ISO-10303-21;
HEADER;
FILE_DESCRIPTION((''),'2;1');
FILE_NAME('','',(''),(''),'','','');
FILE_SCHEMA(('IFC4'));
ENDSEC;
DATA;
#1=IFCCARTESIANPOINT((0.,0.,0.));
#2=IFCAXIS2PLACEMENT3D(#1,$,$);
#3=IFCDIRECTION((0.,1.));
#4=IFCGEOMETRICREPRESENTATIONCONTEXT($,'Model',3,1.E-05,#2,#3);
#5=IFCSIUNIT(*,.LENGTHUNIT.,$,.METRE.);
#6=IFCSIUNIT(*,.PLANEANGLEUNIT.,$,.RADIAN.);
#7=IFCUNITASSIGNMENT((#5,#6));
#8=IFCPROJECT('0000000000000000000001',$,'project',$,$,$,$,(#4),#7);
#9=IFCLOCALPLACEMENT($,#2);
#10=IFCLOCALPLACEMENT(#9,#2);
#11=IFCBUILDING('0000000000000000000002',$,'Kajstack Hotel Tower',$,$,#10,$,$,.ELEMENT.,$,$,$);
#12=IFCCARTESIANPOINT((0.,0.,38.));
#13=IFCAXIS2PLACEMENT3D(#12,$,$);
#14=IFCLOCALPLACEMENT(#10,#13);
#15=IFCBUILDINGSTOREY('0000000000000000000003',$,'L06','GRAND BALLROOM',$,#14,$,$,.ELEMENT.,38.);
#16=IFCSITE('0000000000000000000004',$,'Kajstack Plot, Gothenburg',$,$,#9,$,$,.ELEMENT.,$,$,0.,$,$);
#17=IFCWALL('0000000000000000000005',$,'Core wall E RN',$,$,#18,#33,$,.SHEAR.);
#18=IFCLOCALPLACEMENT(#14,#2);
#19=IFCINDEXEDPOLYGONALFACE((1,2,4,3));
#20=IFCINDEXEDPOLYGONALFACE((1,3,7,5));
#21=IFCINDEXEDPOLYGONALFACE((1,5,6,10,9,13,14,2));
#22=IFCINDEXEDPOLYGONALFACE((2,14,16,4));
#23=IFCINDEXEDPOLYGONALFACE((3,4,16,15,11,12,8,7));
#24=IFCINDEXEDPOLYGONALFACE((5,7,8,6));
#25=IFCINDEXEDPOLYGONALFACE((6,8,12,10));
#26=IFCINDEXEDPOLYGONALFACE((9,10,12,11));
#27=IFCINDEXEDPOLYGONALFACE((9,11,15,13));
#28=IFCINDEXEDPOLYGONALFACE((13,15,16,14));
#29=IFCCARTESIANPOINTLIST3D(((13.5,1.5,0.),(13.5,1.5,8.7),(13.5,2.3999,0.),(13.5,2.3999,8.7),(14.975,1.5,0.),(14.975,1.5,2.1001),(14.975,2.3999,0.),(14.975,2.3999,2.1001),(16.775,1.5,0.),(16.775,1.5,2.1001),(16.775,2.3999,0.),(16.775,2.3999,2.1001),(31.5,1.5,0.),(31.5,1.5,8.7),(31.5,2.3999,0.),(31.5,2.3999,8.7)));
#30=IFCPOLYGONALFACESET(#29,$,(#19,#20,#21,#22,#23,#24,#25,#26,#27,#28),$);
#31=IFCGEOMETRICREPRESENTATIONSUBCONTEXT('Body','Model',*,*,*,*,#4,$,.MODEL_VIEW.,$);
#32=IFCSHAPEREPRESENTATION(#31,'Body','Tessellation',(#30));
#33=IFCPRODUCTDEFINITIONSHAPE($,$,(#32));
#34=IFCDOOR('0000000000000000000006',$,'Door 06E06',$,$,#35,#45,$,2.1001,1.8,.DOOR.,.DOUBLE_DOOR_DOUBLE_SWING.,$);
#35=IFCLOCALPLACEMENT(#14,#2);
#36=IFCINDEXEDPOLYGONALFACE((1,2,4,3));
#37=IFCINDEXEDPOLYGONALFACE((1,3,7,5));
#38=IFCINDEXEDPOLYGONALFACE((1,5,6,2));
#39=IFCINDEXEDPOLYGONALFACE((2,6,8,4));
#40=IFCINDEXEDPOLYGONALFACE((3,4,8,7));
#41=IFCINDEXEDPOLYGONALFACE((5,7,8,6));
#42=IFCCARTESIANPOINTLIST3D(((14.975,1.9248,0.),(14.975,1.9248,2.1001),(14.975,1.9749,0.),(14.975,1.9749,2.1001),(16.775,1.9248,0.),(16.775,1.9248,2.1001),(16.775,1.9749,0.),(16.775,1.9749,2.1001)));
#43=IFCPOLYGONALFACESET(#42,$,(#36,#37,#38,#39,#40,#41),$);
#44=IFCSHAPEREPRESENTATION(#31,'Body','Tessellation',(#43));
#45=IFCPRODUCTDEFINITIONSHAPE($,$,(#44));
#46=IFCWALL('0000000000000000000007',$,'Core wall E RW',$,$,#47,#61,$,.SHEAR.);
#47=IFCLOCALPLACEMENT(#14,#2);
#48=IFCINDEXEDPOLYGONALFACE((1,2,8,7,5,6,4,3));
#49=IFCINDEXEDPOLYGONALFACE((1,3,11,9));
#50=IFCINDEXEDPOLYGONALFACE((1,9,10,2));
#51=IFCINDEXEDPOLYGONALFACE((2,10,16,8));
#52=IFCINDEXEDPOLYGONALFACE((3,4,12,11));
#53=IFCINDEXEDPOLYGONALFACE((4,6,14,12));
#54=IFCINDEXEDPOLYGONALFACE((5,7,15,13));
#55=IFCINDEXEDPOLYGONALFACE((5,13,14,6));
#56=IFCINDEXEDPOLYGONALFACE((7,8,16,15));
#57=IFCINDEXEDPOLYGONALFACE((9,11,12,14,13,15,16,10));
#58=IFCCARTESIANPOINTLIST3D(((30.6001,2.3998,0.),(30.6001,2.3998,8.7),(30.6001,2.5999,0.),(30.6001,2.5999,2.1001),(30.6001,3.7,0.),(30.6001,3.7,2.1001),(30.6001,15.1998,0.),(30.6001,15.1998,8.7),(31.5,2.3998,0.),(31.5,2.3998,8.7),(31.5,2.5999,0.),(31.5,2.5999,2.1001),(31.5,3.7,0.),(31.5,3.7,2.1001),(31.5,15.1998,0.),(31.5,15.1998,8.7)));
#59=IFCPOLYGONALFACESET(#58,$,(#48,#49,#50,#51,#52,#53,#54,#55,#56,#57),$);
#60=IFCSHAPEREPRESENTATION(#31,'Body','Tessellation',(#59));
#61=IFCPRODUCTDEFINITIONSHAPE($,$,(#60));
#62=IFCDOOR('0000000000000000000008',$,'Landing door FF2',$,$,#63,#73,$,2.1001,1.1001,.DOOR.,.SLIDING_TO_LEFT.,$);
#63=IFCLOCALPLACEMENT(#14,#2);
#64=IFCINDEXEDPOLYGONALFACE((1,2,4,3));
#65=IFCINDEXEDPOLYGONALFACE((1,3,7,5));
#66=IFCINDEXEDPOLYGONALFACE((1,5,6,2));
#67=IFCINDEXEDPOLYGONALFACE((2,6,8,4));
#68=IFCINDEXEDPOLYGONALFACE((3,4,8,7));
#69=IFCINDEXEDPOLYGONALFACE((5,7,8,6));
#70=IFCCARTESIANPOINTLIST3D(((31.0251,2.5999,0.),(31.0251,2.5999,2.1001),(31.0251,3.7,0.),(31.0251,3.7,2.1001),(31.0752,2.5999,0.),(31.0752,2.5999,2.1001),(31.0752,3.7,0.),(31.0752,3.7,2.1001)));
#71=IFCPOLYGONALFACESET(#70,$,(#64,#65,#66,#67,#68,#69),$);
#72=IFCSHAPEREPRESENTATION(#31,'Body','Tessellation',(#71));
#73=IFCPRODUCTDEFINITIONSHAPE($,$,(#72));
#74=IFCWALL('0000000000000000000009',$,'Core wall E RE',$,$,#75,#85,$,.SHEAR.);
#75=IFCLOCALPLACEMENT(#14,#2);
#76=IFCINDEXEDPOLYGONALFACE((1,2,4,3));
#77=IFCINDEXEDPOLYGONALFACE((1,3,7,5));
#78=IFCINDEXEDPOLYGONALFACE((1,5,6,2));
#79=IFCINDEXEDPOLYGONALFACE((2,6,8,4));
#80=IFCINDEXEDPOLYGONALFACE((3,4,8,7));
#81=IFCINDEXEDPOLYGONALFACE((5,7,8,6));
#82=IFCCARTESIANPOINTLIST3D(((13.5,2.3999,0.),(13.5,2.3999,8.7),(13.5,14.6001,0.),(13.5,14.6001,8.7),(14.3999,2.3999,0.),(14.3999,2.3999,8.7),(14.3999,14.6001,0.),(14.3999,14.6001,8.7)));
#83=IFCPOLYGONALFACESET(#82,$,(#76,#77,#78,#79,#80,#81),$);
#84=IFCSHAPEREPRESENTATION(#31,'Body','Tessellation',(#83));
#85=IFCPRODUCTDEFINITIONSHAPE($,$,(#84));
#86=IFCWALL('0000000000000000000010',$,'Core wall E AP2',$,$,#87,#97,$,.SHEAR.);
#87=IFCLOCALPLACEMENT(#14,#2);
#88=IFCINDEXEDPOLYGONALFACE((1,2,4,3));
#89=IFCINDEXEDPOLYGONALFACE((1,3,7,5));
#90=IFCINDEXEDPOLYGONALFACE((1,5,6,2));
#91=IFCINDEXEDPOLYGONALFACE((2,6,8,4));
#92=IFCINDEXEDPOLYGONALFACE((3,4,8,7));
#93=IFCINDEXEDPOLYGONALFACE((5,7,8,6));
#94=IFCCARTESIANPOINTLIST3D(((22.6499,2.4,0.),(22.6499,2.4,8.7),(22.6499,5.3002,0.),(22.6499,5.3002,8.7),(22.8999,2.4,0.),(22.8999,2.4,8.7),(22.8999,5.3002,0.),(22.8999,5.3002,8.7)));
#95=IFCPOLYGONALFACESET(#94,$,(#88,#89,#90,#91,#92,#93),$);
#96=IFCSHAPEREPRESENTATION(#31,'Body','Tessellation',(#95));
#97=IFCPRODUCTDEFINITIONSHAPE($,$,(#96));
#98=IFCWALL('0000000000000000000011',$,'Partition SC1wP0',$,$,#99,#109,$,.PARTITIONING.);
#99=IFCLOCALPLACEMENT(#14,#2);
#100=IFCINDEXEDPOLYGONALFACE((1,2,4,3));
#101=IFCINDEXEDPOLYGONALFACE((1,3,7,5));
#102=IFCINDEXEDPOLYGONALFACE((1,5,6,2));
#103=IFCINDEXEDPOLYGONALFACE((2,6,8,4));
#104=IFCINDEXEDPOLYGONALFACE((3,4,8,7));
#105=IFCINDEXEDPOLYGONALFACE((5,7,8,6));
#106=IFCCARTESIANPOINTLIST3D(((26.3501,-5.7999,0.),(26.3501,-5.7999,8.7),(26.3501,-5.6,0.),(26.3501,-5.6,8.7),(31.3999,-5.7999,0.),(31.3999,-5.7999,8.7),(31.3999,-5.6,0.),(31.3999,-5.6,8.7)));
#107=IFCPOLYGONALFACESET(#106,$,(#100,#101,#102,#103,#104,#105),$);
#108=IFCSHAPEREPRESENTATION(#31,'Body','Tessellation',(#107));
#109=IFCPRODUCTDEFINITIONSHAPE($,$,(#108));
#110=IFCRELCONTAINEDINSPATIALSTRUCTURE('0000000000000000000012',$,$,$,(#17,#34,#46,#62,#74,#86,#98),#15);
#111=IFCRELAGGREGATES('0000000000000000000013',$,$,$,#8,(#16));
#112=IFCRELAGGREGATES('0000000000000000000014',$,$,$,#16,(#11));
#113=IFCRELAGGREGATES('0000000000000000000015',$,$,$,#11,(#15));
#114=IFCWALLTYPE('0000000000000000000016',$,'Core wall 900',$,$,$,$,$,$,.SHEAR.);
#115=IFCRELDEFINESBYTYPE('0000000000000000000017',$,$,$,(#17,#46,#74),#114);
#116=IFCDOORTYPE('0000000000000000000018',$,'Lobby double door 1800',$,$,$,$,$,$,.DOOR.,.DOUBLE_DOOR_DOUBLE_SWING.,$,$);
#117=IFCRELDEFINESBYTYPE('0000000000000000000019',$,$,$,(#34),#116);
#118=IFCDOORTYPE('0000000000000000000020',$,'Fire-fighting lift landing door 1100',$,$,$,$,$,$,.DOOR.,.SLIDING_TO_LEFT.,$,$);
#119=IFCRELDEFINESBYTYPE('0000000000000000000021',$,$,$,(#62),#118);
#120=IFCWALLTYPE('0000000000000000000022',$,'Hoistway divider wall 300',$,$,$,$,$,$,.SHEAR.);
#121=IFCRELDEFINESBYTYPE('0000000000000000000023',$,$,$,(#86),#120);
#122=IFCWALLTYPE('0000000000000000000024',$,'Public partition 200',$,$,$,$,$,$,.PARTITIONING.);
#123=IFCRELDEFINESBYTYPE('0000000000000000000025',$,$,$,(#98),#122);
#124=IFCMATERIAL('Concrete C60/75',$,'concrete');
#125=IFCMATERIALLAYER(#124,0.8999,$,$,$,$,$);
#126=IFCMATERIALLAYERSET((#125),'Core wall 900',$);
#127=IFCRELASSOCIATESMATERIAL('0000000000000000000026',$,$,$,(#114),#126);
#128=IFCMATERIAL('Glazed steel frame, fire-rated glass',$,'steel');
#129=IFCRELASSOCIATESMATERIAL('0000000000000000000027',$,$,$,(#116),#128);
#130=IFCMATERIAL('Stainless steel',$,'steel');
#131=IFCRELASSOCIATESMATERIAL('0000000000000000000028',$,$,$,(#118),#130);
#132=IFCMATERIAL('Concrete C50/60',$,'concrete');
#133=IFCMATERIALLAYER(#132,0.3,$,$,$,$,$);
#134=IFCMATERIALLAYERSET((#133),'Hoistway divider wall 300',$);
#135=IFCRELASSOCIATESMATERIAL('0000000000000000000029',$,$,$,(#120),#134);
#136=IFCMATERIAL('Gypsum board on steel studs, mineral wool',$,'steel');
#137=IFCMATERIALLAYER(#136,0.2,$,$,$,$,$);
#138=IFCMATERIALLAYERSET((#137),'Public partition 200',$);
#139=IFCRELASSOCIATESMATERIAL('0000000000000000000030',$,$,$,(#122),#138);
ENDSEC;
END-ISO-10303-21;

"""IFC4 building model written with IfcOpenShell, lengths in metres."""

from ifc_helpers import new_model, si_unit, direction, frame, frame_2d, origin, place, context, subcontext, project, spatial, rectangle, extrude, material, layer, layer_set, type_object, element, fill, save


model = new_model("IFC4")

# Units and contexts
model_context = context("Model", 3, precision=1e-05, world=origin(), true_north=direction((0.0, 1.0)))
body_context = subcontext(model_context, "Body", "Model", "MODEL_VIEW")
ifc_project = project(units=[si_unit("LENGTHUNIT", "METRE"), si_unit("PLANEANGLEUNIT", "RADIAN")], contexts=[model_context])

# Site, building, storey
site_placement = place(None, origin())
site = spatial("IfcSite", under=ifc_project, at=site_placement, Name="Kajstack Plot, Gothenburg", CompositionType="ELEMENT", RefElevation=0.0)
building_placement = place(site_placement, origin())
building = spatial("IfcBuilding", under=site, at=building_placement, Name="Kajstack Hotel Tower", CompositionType="ELEMENT")
storey_placement = place(building_placement, frame((0.0, 0.0, 38.0)))
storey = spatial("IfcBuildingStorey", under=building, at=storey_placement, Name="L06", Description="GRAND BALLROOM", CompositionType="ELEMENT", Elevation=38.0)

# Walls, openings, doors
ifc_material_1 = material(Name="Concrete C60/75", Category="concrete")
ifc_layer_1 = layer(ifc_material_1, 0.8999)
ifc_layer_set_1 = layer_set([ifc_layer_1], Name="Core wall 900")
wall_type_1 = type_object("IfcWallType", Name="Core wall 900", PredefinedType="SHEAR", material=ifc_layer_set_1)
wall_1_placement = place(storey_placement, frame((13.5, 1.95, 0.0), z_axis=(0.0, 0.0, 1.0), x_axis=(1.0, 0.0, 0.0)))
wall_1 = element("IfcWall", 1, at=wall_1_placement, inside=storey, type_object=wall_type_1, Name="Core wall E RN", PredefinedType="SHEAR", context=body_context, shape_type="SweptSolid", body=[
    extrude(rectangle(XDim=18.0, YDim=0.8999, at=frame_2d((9.0, 0.0))), origin(), (0.0, 0.0, 1.0), 8.7),
])
opening_1_placement = place(wall_1_placement, frame((1.4751, 0.0, 0.0)))
opening_1 = element("IfcOpeningElement", 2, at=opening_1_placement, cuts=wall_1, PredefinedType="OPENING", context=body_context, shape_type="SweptSolid", body=[
    extrude(rectangle(XDim=1.8, YDim=2.1001, at=frame_2d((0.8999, 1.05))), frame((0.0, 0.46, 0.0), z_axis=(0.0, -1.0, 0.0), x_axis=(1.0, 0.0, 0.0)), (0.0, 0.0, 1.0), 0.9199),
])
ifc_material_2 = material(Name="Glazed steel frame, fire-rated glass", Category="steel")
door_type_1 = type_object("IfcDoorType", Name="Lobby double door 1800", OperationType="DOUBLE_DOOR_DOUBLE_SWING", PredefinedType="DOOR", material=ifc_material_2)
door_1_placement = place(opening_1_placement, origin())
door_1 = element("IfcDoor", 3, at=door_1_placement, inside=storey, type_object=door_type_1, Name="Door 06E06", OperationType="DOUBLE_DOOR_DOUBLE_SWING", OverallHeight=2.1001, OverallWidth=1.8, PredefinedType="DOOR", context=body_context, shape_type="SweptSolid", body=[
    extrude(rectangle(XDim=1.8, YDim=2.1001, at=frame_2d((0.8999, 1.05))), frame((0.0, 0.0249, 0.0), z_axis=(0.0, -1.0, 0.0), x_axis=(1.0, 0.0, 0.0)), (0.0, 0.0, 1.0), 0.05),
])
fill(opening_1, door_1)
wall_2_placement = place(storey_placement, frame((31.05, 2.3999, 0.0), z_axis=(0.0, 0.0, 1.0), x_axis=(0.0, 1.0, 0.0)))
wall_2 = element("IfcWall", 4, at=wall_2_placement, inside=storey, type_object=wall_type_1, Name="Core wall E RW", PredefinedType="SHEAR", context=body_context, shape_type="SweptSolid", body=[
    extrude(rectangle(XDim=12.8, YDim=0.8999, at=frame_2d((6.3999, 0.0))), origin(), (0.0, 0.0, 1.0), 8.7),
])
opening_2_placement = place(wall_2_placement, frame((0.2, 0.0, 0.0)))
opening_2 = element("IfcOpeningElement", 5, at=opening_2_placement, cuts=wall_2, PredefinedType="OPENING", context=body_context, shape_type="SweptSolid", body=[
    extrude(rectangle(XDim=1.1001, YDim=2.1001, at=frame_2d((0.55, 1.05))), frame((0.0, 0.46, 0.0), z_axis=(0.0, -1.0, 0.0), x_axis=(1.0, 0.0, 0.0)), (0.0, 0.0, 1.0), 0.9199),
])
ifc_material_3 = material(Name="Stainless steel", Category="steel")
door_type_2 = type_object("IfcDoorType", Name="Fire-fighting lift landing door 1100", OperationType="SLIDING_TO_LEFT", PredefinedType="DOOR", material=ifc_material_3)
door_2_placement = place(opening_2_placement, origin())
door_2 = element("IfcDoor", 6, at=door_2_placement, inside=storey, type_object=door_type_2, Name="Landing door FF2", OperationType="SLIDING_TO_LEFT", OverallHeight=2.1001, OverallWidth=1.1001, PredefinedType="DOOR", context=body_context, shape_type="SweptSolid", body=[
    extrude(rectangle(XDim=1.1001, YDim=2.1001, at=frame_2d((0.55, 1.05))), frame((0.0, 0.0249, 0.0), z_axis=(0.0, -1.0, 0.0), x_axis=(1.0, 0.0, 0.0)), (0.0, 0.0, 1.0), 0.05),
])
fill(opening_2, door_2)

# Walls
wall_3_placement = place(storey_placement, frame((13.95, 2.3999, 0.0), z_axis=(0.0, 0.0, 1.0), x_axis=(0.0, 1.0, 0.0)))
element("IfcWall", 7, at=wall_3_placement, inside=storey, type_object=wall_type_1, Name="Core wall E RE", PredefinedType="SHEAR", context=body_context, shape_type="SweptSolid", body=[
    extrude(rectangle(XDim=12.2002, YDim=0.8999, at=frame_2d((6.1001, 0.0))), origin(), (0.0, 0.0, 1.0), 8.7),
])
ifc_material_4 = material(Name="Concrete C50/60", Category="concrete")
ifc_layer_2 = layer(ifc_material_4, 0.3)
ifc_layer_set_2 = layer_set([ifc_layer_2], Name="Hoistway divider wall 300")
wall_type_2 = type_object("IfcWallType", Name="Hoistway divider wall 300", PredefinedType="SHEAR", material=ifc_layer_set_2)
wall_4_placement = place(storey_placement, frame((22.7749, 2.3999, 0.0), z_axis=(0.0, 0.0, 1.0), x_axis=(0.0, 1.0, 0.0)))
element("IfcWall", 8, at=wall_4_placement, inside=storey, type_object=wall_type_2, Name="Core wall E AP2", PredefinedType="SHEAR", context=body_context, shape_type="SweptSolid", body=[
    extrude(rectangle(XDim=2.9001, YDim=0.25, at=frame_2d((1.4502, 0.0))), origin(), (0.0, 0.0, 1.0), 8.7),
])
ifc_material_5 = material(Name="Gypsum board on steel studs, mineral wool", Category="steel")
ifc_layer_3 = layer(ifc_material_5, 0.2)
ifc_layer_set_3 = layer_set([ifc_layer_3], Name="Public partition 200")
wall_type_3 = type_object("IfcWallType", Name="Public partition 200", PredefinedType="PARTITIONING", material=ifc_layer_set_3)
wall_5_placement = place(storey_placement, frame((26.3501, -5.7, 0.0), z_axis=(0.0, 0.0, 1.0), x_axis=(1.0, 0.0, 0.0)))
element("IfcWall", 9, at=wall_5_placement, inside=storey, type_object=wall_type_3, Name="Partition SC1wP0", PredefinedType="PARTITIONING", context=body_context, shape_type="SweptSolid", body=[
    extrude(rectangle(XDim=5.0498, YDim=0.2, at=frame_2d((2.5249, 0.0))), origin(), (0.0, 0.0, 1.0), 8.7),
])

save(model, "model.ifc")
